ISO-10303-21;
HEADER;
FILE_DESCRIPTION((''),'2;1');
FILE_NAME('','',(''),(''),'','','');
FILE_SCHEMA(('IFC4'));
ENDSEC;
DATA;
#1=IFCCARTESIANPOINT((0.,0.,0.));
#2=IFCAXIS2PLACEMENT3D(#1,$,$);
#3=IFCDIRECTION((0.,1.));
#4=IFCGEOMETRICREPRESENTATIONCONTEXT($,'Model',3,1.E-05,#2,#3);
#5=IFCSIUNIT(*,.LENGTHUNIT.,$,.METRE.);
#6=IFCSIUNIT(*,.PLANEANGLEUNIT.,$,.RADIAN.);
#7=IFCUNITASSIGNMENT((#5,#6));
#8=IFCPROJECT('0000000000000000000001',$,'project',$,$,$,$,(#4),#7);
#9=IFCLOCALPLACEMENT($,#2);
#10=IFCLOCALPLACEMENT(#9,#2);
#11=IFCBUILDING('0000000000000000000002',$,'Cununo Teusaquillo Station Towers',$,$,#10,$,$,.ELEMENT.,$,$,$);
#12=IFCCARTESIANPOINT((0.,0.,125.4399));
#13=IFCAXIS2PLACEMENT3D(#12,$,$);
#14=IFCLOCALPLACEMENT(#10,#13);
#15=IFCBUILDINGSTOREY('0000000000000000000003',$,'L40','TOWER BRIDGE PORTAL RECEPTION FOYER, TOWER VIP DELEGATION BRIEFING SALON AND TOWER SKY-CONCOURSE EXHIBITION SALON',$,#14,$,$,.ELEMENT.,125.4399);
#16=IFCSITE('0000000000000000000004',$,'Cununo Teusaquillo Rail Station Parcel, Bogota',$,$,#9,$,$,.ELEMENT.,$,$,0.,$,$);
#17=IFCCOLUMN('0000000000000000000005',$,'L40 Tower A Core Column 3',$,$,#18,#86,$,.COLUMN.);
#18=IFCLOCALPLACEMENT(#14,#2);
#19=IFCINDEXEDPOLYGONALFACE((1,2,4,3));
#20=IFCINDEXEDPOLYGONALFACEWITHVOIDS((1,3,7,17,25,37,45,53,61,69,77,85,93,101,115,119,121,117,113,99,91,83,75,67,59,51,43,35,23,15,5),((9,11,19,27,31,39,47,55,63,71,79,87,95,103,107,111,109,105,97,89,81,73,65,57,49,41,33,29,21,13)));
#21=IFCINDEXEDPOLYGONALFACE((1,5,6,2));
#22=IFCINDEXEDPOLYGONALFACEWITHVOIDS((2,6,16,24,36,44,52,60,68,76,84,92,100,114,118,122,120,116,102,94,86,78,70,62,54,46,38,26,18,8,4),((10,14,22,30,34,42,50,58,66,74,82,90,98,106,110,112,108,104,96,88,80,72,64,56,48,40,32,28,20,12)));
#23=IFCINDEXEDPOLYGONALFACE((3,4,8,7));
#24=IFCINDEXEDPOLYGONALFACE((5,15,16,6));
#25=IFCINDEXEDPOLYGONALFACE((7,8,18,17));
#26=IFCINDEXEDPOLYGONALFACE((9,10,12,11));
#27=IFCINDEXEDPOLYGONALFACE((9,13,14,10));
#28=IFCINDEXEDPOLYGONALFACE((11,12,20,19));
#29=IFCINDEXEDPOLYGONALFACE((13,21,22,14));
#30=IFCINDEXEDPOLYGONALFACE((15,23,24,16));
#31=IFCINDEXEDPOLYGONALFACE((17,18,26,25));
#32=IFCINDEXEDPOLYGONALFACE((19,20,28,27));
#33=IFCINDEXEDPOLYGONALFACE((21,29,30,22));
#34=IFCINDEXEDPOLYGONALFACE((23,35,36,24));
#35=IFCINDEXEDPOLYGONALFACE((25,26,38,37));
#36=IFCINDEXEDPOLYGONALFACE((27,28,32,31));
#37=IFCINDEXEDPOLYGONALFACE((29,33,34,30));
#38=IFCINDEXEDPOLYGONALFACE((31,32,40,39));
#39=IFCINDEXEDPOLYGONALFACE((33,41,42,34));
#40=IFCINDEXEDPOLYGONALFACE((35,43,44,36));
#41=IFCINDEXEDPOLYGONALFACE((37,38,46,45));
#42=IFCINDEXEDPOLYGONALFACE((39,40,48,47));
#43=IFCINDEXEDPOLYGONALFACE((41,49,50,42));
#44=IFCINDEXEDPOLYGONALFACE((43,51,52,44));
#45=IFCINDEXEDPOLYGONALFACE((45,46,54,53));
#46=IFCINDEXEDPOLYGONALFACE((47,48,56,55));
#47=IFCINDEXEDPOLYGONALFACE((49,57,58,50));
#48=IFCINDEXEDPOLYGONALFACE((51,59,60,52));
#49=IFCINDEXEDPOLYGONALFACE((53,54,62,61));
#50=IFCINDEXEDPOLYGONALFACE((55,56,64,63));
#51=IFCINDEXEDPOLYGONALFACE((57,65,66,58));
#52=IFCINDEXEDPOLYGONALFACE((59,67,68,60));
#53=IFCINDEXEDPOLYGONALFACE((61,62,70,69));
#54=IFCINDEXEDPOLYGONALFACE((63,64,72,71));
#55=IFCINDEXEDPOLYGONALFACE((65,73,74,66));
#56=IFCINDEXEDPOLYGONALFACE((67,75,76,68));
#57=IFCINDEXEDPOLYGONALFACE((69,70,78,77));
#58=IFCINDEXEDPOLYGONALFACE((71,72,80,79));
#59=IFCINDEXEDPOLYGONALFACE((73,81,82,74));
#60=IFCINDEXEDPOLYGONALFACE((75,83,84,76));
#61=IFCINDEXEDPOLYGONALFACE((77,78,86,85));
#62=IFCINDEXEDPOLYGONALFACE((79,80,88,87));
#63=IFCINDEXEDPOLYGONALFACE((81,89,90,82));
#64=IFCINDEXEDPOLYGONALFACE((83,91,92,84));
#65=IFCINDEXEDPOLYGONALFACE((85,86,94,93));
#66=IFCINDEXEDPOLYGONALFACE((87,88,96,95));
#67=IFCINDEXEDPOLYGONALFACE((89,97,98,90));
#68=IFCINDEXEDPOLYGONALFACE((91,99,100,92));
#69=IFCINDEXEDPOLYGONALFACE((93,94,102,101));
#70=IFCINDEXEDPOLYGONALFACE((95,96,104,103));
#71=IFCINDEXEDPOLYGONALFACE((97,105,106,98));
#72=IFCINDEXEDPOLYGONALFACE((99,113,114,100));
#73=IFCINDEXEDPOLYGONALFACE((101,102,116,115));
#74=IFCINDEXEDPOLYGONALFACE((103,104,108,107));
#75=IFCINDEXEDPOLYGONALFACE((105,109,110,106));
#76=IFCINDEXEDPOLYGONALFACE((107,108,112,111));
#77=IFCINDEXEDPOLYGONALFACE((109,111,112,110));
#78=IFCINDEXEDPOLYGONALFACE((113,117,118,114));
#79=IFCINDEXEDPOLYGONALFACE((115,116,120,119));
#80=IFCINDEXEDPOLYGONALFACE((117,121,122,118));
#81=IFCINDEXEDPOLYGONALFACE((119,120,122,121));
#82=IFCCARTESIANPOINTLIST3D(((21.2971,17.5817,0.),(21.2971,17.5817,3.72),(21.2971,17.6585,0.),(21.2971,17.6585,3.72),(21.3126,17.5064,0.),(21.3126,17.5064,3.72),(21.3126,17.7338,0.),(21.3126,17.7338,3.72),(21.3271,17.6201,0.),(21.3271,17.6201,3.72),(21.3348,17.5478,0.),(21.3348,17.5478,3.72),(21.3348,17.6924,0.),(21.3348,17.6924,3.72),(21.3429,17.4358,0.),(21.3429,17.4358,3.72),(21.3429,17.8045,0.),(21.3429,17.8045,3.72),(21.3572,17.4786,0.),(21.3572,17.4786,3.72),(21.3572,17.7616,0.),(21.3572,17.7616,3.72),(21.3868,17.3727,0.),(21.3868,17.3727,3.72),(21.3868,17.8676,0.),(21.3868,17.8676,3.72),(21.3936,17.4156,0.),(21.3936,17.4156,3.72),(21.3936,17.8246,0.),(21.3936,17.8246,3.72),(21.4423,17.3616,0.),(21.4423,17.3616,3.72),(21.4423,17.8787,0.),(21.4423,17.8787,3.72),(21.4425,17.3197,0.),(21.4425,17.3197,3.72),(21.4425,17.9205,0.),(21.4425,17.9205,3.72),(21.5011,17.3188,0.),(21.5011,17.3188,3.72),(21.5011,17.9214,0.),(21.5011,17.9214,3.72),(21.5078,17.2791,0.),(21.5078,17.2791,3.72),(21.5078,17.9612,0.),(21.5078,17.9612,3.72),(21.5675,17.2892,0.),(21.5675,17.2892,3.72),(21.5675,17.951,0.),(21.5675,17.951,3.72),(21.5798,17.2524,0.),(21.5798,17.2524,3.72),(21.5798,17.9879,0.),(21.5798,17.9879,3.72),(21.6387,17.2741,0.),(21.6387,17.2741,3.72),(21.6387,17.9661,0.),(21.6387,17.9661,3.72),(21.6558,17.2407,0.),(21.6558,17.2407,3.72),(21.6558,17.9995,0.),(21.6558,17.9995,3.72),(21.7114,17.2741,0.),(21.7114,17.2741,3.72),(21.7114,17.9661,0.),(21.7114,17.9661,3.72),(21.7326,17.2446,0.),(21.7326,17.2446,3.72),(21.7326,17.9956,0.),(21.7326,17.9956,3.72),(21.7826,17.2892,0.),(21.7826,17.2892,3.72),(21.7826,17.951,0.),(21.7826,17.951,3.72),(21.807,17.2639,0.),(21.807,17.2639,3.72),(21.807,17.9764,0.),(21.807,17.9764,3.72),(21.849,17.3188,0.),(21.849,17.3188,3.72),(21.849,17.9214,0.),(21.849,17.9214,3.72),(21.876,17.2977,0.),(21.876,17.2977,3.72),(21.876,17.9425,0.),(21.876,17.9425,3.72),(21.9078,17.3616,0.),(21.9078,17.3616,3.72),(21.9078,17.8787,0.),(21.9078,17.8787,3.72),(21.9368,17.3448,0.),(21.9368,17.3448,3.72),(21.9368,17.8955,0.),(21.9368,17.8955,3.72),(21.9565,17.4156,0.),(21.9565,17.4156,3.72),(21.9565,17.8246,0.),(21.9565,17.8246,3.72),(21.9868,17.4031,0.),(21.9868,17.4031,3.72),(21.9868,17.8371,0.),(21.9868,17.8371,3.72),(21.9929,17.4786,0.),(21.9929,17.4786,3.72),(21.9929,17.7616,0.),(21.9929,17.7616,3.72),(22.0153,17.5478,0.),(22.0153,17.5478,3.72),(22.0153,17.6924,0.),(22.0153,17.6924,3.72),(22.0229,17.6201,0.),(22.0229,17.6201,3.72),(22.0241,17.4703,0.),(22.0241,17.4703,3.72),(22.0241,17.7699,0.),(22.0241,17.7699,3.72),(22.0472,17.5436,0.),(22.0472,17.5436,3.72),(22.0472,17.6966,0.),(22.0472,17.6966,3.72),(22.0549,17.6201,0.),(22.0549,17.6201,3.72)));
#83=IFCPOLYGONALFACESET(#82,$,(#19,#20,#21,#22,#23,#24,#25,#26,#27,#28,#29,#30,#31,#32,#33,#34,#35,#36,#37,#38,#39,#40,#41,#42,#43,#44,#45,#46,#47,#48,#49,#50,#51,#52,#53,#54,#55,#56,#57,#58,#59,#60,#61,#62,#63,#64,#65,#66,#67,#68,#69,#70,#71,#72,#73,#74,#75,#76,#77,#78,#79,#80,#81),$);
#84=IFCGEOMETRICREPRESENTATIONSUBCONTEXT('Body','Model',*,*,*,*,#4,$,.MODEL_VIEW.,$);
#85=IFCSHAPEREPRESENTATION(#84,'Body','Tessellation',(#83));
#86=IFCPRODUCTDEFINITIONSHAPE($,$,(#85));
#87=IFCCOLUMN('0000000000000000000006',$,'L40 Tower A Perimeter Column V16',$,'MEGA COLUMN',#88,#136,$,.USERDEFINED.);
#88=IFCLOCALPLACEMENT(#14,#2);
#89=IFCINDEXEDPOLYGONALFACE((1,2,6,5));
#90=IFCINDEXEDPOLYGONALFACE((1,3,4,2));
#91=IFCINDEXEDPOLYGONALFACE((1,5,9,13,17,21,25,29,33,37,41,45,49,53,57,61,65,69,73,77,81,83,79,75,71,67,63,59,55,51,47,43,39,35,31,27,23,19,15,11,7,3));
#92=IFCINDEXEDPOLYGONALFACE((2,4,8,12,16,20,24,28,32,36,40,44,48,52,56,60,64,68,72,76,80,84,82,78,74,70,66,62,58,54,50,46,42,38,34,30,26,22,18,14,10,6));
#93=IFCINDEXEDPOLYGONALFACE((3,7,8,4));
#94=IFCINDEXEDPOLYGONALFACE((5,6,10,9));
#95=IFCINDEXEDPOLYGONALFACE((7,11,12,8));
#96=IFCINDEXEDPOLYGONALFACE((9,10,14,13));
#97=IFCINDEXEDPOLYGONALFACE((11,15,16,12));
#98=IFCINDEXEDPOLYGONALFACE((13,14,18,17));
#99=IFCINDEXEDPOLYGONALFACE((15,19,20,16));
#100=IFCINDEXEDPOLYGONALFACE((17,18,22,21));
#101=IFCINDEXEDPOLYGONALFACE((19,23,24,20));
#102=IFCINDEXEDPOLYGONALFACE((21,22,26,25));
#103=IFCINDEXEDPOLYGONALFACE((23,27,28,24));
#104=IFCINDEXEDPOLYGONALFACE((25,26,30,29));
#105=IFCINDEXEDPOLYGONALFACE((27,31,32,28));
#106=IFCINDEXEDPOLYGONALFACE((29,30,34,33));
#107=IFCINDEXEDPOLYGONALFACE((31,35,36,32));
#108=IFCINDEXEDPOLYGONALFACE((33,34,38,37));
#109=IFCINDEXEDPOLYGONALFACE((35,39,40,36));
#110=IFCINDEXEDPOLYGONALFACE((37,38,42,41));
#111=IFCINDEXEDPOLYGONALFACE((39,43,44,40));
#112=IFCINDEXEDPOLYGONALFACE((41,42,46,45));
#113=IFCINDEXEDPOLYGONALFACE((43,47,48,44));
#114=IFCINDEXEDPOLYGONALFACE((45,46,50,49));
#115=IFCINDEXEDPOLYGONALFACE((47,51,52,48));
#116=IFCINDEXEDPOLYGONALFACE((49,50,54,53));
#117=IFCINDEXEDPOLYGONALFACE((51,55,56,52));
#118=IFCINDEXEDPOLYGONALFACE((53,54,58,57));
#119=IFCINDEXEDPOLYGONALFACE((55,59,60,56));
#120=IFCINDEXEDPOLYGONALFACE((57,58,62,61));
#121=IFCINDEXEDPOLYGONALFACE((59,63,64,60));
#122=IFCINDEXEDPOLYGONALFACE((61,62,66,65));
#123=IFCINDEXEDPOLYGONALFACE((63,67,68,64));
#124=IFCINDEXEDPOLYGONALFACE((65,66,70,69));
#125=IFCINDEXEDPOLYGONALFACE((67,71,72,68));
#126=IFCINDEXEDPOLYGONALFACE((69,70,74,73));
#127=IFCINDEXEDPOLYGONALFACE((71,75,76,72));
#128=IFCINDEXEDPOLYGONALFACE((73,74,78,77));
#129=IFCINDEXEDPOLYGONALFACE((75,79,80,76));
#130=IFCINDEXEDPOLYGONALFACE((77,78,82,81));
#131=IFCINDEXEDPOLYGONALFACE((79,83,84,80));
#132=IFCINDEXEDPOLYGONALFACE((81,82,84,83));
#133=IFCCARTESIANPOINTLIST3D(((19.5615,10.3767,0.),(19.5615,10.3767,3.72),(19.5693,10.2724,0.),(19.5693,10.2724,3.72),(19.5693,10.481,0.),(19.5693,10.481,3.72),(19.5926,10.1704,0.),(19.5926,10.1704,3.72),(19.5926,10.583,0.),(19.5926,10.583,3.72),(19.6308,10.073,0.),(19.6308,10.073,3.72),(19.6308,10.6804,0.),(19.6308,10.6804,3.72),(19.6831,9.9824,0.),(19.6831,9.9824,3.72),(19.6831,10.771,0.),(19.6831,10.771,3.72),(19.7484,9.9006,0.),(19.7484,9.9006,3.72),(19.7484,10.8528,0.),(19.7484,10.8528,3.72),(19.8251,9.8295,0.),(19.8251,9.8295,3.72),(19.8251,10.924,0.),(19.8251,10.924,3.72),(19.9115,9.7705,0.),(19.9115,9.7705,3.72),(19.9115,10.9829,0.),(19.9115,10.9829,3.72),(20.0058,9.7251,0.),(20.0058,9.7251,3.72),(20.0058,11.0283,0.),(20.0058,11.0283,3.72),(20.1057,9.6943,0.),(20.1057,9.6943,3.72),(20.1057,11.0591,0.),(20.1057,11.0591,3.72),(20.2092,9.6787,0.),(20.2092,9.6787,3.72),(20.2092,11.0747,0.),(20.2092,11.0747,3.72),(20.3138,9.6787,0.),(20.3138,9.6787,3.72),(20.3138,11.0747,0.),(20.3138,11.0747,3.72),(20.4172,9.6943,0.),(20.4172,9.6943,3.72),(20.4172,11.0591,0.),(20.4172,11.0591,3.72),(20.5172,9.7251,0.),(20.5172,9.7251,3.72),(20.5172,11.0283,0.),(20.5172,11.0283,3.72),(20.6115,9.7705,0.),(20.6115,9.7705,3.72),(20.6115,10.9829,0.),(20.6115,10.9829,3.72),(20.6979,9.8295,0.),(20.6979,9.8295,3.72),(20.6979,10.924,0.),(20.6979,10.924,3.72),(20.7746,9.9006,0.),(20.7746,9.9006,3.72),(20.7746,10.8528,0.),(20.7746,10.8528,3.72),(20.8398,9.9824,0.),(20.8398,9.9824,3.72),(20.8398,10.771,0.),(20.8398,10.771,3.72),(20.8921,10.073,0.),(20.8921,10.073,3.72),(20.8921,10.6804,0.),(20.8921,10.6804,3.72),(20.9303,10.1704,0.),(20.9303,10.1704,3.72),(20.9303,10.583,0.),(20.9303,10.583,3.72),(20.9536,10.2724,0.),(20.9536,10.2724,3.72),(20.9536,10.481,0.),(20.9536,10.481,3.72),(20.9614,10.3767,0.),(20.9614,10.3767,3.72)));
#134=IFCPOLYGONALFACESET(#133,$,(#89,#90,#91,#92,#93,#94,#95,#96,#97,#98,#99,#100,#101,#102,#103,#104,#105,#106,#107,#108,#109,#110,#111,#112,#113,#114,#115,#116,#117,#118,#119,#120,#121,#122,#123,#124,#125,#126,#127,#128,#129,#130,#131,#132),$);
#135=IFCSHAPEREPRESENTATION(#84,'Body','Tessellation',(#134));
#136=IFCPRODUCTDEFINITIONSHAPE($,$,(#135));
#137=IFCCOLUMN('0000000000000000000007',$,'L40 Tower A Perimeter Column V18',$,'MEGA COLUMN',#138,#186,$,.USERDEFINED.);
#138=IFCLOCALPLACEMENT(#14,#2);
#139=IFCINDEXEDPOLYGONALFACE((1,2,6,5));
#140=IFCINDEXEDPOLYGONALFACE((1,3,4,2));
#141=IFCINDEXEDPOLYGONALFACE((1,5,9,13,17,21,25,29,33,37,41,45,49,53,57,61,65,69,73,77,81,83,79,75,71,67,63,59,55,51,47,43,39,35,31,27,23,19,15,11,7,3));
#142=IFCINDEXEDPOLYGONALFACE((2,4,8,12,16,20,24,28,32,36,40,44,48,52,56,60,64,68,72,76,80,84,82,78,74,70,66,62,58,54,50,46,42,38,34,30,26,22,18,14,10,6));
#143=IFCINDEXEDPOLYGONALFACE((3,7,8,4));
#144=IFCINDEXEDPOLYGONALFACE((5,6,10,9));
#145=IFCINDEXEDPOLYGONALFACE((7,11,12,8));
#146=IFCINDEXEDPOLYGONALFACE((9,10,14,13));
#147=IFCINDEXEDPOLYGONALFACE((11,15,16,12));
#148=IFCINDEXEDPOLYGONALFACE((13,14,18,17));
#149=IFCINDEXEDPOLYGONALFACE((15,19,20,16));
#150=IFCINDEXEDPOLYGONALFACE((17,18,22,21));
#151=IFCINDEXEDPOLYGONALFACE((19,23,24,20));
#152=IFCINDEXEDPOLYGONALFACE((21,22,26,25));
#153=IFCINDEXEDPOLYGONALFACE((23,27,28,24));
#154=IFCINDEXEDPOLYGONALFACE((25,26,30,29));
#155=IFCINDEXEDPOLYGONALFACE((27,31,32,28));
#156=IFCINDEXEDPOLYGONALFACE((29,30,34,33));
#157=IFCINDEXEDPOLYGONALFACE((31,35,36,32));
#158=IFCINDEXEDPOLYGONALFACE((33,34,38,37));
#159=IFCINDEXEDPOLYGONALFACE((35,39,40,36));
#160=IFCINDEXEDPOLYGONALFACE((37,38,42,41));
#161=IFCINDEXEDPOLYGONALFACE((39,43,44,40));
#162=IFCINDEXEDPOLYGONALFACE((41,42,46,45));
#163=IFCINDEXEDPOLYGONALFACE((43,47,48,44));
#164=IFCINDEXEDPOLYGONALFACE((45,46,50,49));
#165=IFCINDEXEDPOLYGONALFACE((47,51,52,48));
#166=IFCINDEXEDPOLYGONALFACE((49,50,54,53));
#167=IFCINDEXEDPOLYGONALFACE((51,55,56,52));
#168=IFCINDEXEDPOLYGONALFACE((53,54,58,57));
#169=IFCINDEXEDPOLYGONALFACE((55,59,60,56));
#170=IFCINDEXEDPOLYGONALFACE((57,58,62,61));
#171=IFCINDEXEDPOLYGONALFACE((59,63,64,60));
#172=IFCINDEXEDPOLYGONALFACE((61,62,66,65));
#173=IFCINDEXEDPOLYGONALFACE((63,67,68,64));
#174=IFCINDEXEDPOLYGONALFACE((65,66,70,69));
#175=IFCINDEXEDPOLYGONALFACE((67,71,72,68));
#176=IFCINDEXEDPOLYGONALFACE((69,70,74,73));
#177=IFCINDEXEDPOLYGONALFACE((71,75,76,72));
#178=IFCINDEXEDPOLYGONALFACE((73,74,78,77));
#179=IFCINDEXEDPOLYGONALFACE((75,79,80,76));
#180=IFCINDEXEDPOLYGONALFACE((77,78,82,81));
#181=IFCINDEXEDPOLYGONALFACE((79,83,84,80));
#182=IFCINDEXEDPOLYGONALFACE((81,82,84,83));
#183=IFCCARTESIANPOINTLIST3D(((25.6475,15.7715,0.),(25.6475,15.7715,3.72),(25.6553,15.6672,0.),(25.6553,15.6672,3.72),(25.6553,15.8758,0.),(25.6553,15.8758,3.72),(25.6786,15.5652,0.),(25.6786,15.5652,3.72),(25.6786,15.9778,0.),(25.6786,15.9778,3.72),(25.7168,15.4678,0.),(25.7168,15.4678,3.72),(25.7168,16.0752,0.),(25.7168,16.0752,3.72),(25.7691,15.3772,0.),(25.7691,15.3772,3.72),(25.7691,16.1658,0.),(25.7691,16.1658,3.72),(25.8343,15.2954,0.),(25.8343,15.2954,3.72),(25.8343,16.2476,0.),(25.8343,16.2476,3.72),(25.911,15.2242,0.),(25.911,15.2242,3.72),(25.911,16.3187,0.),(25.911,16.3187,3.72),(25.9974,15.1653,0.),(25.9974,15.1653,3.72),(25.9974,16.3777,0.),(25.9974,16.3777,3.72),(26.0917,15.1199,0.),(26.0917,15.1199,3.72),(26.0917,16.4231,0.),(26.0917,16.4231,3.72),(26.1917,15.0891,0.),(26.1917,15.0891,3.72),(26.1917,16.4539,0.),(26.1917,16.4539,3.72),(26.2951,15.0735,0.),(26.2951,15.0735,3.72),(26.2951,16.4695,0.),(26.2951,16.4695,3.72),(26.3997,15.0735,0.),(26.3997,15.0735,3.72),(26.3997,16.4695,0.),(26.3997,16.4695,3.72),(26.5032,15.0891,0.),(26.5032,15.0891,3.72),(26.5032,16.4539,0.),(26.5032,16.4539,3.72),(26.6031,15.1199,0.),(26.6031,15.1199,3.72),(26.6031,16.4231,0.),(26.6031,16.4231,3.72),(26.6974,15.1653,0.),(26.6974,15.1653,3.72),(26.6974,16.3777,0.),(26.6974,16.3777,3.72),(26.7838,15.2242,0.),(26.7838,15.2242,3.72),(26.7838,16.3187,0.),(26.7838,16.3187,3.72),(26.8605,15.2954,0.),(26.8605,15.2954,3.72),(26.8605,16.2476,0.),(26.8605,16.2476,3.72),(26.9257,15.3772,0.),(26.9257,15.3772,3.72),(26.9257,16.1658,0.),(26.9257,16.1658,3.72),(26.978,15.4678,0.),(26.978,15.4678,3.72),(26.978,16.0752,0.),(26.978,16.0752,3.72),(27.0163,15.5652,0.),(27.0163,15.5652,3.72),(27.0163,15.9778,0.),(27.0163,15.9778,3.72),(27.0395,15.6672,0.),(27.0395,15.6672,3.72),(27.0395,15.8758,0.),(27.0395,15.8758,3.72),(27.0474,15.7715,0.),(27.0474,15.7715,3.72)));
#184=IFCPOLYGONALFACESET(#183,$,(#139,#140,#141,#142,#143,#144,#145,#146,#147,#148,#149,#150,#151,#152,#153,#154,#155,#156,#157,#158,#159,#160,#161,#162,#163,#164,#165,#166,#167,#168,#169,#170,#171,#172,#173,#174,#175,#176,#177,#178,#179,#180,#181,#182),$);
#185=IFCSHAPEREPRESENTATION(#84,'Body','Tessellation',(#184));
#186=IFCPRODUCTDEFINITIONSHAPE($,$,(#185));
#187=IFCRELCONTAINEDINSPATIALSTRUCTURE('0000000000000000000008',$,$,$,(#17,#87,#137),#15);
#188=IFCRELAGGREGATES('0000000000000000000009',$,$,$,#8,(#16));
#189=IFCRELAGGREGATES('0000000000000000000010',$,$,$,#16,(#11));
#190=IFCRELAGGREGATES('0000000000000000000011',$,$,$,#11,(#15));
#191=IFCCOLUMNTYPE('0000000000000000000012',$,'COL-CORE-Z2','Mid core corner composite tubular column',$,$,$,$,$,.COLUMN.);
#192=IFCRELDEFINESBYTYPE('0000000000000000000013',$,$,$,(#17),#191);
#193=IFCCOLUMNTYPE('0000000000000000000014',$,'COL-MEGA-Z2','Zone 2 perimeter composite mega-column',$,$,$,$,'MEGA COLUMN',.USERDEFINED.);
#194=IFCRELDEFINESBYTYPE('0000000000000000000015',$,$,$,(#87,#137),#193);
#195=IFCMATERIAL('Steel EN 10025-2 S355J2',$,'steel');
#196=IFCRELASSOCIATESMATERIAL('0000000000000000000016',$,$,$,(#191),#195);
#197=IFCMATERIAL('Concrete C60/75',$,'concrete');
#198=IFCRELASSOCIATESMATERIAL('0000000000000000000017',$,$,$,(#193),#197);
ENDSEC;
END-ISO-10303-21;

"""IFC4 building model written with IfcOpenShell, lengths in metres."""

from ifc_helpers import new_model, si_unit, direction, frame, origin, origin_2d, place, context, subcontext, project, spatial, circle, hollow_circle, extrude, material, material_profile, profile_set, type_object, element, save


model = new_model("IFC4")

# Units and contexts
model_context = context("Model", 3, precision=1e-05, world=origin(), true_north=direction((0.0, 1.0)))
body_context = subcontext(model_context, "Body", "Model", "MODEL_VIEW")
ifc_project = project(units=[si_unit("LENGTHUNIT", "METRE"), si_unit("PLANEANGLEUNIT", "RADIAN")], contexts=[model_context])

# Site, building, storey
site_placement = place(None, origin())
site = spatial("IfcSite", under=ifc_project, at=site_placement, Name="Cununo Teusaquillo Rail Station Parcel, Bogota", CompositionType="ELEMENT", RefElevation=0.0)
building_placement = place(site_placement, origin())
building = spatial("IfcBuilding", under=site, at=building_placement, Name="Cununo Teusaquillo Station Towers", CompositionType="ELEMENT")
storey_placement = place(building_placement, frame((0.0, 0.0, 125.4399)))
storey = spatial("IfcBuildingStorey", under=building, at=storey_placement, Name="L40", Description="TOWER BRIDGE PORTAL RECEPTION FOYER, TOWER VIP DELEGATION BRIEFING SALON AND TOWER SKY-CONCOURSE EXHIBITION SALON", CompositionType="ELEMENT", Elevation=125.4399)

# Columns
ifc_material_1 = material(Name="Steel EN 10025-2 S355J2", Category="steel")
ifc_material_profile_1 = material_profile(ifc_material_1, hollow_circle(Radius=0.3799, WallThickness=0.032, at=origin_2d()), Name="CHS 760x32")
ifc_profile_set_1 = profile_set([ifc_material_profile_1], Name="Steel EN 10025-2 S355J2")
column_type_1 = type_object("IfcColumnType", Name="COL-CORE-Z2", Description="Mid core corner composite tubular column", PredefinedType="COLUMN", material=ifc_profile_set_1)
column_placement = place(storey_placement, frame((21.675, 17.6201, 0.0), z_axis=(0.0, 0.0, 1.0), x_axis=(1.0, 0.0, 0.0)))
element("IfcColumn", 1, at=column_placement, inside=storey, type_object=column_type_1, Name="L40 Tower A Core Column 3", PredefinedType="COLUMN", context=body_context, shape_type="SweptSolid", body=[
    extrude(hollow_circle(Radius=0.3799, WallThickness=0.032, at=origin_2d()), origin(), (0.0, 0.0, 1.0), 3.72),
])
ifc_material_2 = material(Name="Concrete C60/75", Category="concrete")
ifc_material_profile_2 = material_profile(ifc_material_2, circle(Radius=0.7, at=origin_2d()), Name="RC-CIRC-1400")
ifc_profile_set_2 = profile_set([ifc_material_profile_2], Name="Concrete C60/75")
column_type_2 = type_object("IfcColumnType", Name="COL-MEGA-Z2", Description="Zone 2 perimeter composite mega-column", ElementType="MEGA COLUMN", PredefinedType="USERDEFINED", material=ifc_profile_set_2)
for number, where, z_axis, x_axis, name in (
    (2, (20.2615, 10.3767, 0.0), (0.0, 0.0, 1.0), (1.0, 0.0, 0.0), "L40 Tower A Perimeter Column V16"),
    (3, (26.3474, 15.7715, 0.0), (0.0, 0.0, 1.0), (1.0, 0.0, 0.0), "L40 Tower A Perimeter Column V18"),
):
    element("IfcColumn", number, at=place(storey_placement, frame(where, z_axis=z_axis, x_axis=x_axis)), inside=storey, type_object=column_type_2, Name=name, ObjectType="MEGA COLUMN", PredefinedType="USERDEFINED", context=body_context, shape_type="SweptSolid", body=[
        extrude(circle(Radius=0.7, at=origin_2d()), origin(), (0.0, 0.0, 1.0), 3.72),
    ])

save(model, "model.ifc")
